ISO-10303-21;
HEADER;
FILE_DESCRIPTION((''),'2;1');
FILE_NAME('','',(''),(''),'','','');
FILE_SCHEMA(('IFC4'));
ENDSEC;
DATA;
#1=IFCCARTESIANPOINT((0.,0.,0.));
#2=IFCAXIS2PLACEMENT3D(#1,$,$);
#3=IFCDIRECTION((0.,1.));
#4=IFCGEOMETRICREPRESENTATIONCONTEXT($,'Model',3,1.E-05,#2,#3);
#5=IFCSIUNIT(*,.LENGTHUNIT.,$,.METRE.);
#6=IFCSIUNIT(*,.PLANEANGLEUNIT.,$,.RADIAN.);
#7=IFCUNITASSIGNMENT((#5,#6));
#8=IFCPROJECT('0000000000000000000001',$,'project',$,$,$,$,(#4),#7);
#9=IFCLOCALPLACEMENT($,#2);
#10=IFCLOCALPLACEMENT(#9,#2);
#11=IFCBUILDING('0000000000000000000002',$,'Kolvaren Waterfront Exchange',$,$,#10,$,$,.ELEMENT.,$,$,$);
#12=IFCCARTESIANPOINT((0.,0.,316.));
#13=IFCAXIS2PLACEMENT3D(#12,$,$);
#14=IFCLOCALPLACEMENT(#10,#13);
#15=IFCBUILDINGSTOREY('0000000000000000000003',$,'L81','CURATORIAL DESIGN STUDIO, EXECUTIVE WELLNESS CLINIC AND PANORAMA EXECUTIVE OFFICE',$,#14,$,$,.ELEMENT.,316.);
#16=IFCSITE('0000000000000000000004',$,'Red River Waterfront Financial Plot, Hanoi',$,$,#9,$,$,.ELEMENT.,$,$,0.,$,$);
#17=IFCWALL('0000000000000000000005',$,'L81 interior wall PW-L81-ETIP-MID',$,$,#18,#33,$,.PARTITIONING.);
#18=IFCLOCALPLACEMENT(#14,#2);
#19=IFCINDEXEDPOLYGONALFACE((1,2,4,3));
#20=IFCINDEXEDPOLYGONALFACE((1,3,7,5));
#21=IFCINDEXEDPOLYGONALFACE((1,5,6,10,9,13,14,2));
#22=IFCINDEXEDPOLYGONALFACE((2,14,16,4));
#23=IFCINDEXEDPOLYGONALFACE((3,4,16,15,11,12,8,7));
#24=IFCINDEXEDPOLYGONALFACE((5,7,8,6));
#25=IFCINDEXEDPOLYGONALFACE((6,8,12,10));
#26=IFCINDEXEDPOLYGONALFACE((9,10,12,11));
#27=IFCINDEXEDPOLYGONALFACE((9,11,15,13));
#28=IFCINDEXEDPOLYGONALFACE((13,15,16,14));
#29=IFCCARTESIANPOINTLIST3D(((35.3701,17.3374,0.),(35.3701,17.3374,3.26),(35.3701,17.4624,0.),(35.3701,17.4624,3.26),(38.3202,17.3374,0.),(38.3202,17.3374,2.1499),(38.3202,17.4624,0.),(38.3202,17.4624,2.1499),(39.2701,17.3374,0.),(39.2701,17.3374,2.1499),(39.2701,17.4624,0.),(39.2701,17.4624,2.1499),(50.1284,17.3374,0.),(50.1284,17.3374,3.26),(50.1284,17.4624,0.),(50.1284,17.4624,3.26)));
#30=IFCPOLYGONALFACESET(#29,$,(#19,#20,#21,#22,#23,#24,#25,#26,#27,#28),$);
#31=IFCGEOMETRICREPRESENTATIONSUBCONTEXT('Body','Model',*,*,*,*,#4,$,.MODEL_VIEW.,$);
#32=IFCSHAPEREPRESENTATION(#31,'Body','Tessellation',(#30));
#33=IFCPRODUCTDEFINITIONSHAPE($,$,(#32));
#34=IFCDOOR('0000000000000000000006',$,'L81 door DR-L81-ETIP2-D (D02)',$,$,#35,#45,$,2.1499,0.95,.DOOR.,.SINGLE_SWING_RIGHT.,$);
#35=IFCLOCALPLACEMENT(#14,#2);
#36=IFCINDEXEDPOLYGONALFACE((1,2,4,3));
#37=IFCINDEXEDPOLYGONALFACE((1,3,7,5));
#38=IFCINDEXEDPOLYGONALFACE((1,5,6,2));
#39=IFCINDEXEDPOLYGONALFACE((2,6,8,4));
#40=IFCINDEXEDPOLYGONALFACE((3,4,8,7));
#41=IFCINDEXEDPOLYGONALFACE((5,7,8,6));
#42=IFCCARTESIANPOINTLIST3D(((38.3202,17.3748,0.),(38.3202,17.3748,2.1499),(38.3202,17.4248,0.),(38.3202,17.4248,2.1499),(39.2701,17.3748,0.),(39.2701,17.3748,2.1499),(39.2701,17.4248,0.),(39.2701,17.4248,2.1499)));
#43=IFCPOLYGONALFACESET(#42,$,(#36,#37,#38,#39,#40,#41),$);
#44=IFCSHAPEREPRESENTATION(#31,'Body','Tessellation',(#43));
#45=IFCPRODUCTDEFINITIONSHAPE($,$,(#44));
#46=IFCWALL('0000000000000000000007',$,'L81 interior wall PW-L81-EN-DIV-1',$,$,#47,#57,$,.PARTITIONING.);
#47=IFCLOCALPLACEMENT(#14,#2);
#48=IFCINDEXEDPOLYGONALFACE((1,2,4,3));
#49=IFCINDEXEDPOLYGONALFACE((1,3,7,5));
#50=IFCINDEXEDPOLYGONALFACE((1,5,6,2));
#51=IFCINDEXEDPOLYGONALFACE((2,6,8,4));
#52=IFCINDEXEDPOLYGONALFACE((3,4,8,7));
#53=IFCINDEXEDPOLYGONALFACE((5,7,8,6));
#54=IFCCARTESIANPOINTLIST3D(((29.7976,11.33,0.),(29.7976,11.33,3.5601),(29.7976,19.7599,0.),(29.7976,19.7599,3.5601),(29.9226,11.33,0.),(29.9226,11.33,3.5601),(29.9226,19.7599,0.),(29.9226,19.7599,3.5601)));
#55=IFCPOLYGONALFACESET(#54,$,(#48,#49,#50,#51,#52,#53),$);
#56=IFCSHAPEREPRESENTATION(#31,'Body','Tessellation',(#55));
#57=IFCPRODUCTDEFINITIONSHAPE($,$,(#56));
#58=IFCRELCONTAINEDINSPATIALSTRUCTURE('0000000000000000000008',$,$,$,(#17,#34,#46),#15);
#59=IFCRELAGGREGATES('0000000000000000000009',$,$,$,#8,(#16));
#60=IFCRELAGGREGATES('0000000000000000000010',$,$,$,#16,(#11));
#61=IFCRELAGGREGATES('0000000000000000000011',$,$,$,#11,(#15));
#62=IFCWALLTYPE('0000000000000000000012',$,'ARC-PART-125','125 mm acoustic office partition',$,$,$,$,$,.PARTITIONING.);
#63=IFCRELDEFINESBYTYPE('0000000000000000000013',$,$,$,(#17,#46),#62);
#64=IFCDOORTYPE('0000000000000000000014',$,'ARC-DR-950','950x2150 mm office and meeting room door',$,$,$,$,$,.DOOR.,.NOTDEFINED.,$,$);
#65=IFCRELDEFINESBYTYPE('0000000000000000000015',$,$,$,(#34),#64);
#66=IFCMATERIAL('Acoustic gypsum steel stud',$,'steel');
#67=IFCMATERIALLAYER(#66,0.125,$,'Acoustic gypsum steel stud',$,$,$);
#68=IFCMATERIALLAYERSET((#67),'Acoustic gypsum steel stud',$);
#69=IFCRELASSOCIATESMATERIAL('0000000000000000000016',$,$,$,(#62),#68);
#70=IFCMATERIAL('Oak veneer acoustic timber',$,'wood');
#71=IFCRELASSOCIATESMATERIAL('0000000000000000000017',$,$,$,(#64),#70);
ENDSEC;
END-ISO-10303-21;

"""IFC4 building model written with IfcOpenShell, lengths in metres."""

from ifc_helpers import new_model, si_unit, direction, frame, frame_2d, origin, place, context, subcontext, project, spatial, rectangle, extrude, material, layer, layer_set, type_object, element, fill, save


model = new_model("IFC4")

# Units and contexts
model_context = context("Model", 3, precision=1e-05, world=origin(), true_north=direction((0.0, 1.0)))
body_context = subcontext(model_context, "Body", "Model", "MODEL_VIEW")
ifc_project = project(units=[si_unit("LENGTHUNIT", "METRE"), si_unit("PLANEANGLEUNIT", "RADIAN")], contexts=[model_context])

# Site, building, storey
site_placement = place(None, origin())
site = spatial("IfcSite", under=ifc_project, at=site_placement, Name="Red River Waterfront Financial Plot, Hanoi", CompositionType="ELEMENT", RefElevation=0.0)
building_placement = place(site_placement, origin())
building = spatial("IfcBuilding", under=site, at=building_placement, Name="Kolvaren Waterfront Exchange", CompositionType="ELEMENT")
storey_placement = place(building_placement, frame((0.0, 0.0, 316.0)))
storey = spatial("IfcBuildingStorey", under=building, at=storey_placement, Name="L81", Description="CURATORIAL DESIGN STUDIO, EXECUTIVE WELLNESS CLINIC AND PANORAMA EXECUTIVE OFFICE", CompositionType="ELEMENT", Elevation=316.0)

# Wall, opening, door
ifc_material_1 = material(Name="Acoustic gypsum steel stud", Category="steel")
ifc_layer_1 = layer(ifc_material_1, 0.125, Name="Acoustic gypsum steel stud")
ifc_layer_set_1 = layer_set([ifc_layer_1], Name="Acoustic gypsum steel stud")
wall_type_1 = type_object("IfcWallType", Name="ARC-PART-125", Description="125 mm acoustic office partition", PredefinedType="PARTITIONING", material=ifc_layer_set_1)
wall_1_placement = place(storey_placement, frame((35.3701, 17.3999, 0.0), z_axis=(0.0, 0.0, 1.0), x_axis=(1.0, 0.0, 0.0)))
wall_1 = element("IfcWall", 1, at=wall_1_placement, inside=storey, type_object=wall_type_1, Name="L81 interior wall PW-L81-ETIP-MID", PredefinedType="PARTITIONING", context=body_context, shape_type="SweptSolid", body=[
    extrude(rectangle(XDim=14.7583, YDim=0.125, at=frame_2d((7.3792, 0.0))), origin(), (0.0, 0.0, 1.0), 3.26),
])
opening_placement = place(wall_1_placement, frame((2.95, 0.0, 0.0)))
opening = element("IfcOpeningElement", 2, at=opening_placement, cuts=wall_1, PredefinedType="OPENING", context=body_context, shape_type="SweptSolid", body=[
    extrude(rectangle(XDim=0.95, YDim=2.1499, at=frame_2d((0.4751, 1.075))), frame((0.0, 0.0725, 0.0), z_axis=(0.0, -1.0, 0.0), x_axis=(1.0, 0.0, 0.0)), (0.0, 0.0, 1.0), 0.145),
])
ifc_material_2 = material(Name="Oak veneer acoustic timber", Category="wood")
door_type = type_object("IfcDoorType", Name="ARC-DR-950", Description="950x2150 mm office and meeting room door", OperationType="NOTDEFINED", PredefinedType="DOOR", material=ifc_material_2)
door_placement = place(opening_placement, origin())
door = element("IfcDoor", 3, at=door_placement, inside=storey, type_object=door_type, Name="L81 door DR-L81-ETIP2-D (D02)", OperationType="SINGLE_SWING_RIGHT", OverallHeight=2.1499, OverallWidth=0.95, PredefinedType="DOOR", context=body_context, shape_type="SweptSolid", body=[
    extrude(rectangle(XDim=0.95, YDim=2.1499, at=frame_2d((0.4751, 1.075))), frame((0.0, 0.0249, 0.0), z_axis=(0.0, -1.0, 0.0), x_axis=(1.0, 0.0, 0.0)), (0.0, 0.0, 1.0), 0.05),
])
fill(opening, door)

# Wall
wall_2_placement = place(storey_placement, frame((29.8601, 11.3301, 0.0), z_axis=(0.0, 0.0, 1.0), x_axis=(0.0, 1.0, 0.0)))
element("IfcWall", 4, at=wall_2_placement, inside=storey, type_object=wall_type_1, Name="L81 interior wall PW-L81-EN-DIV-1", PredefinedType="PARTITIONING", context=body_context, shape_type="SweptSolid", body=[
    extrude(rectangle(XDim=8.4299, YDim=0.125, at=frame_2d((4.2148, 0.0))), origin(), (0.0, 0.0, 1.0), 3.5601),
])

save(model, "model.ifc")
